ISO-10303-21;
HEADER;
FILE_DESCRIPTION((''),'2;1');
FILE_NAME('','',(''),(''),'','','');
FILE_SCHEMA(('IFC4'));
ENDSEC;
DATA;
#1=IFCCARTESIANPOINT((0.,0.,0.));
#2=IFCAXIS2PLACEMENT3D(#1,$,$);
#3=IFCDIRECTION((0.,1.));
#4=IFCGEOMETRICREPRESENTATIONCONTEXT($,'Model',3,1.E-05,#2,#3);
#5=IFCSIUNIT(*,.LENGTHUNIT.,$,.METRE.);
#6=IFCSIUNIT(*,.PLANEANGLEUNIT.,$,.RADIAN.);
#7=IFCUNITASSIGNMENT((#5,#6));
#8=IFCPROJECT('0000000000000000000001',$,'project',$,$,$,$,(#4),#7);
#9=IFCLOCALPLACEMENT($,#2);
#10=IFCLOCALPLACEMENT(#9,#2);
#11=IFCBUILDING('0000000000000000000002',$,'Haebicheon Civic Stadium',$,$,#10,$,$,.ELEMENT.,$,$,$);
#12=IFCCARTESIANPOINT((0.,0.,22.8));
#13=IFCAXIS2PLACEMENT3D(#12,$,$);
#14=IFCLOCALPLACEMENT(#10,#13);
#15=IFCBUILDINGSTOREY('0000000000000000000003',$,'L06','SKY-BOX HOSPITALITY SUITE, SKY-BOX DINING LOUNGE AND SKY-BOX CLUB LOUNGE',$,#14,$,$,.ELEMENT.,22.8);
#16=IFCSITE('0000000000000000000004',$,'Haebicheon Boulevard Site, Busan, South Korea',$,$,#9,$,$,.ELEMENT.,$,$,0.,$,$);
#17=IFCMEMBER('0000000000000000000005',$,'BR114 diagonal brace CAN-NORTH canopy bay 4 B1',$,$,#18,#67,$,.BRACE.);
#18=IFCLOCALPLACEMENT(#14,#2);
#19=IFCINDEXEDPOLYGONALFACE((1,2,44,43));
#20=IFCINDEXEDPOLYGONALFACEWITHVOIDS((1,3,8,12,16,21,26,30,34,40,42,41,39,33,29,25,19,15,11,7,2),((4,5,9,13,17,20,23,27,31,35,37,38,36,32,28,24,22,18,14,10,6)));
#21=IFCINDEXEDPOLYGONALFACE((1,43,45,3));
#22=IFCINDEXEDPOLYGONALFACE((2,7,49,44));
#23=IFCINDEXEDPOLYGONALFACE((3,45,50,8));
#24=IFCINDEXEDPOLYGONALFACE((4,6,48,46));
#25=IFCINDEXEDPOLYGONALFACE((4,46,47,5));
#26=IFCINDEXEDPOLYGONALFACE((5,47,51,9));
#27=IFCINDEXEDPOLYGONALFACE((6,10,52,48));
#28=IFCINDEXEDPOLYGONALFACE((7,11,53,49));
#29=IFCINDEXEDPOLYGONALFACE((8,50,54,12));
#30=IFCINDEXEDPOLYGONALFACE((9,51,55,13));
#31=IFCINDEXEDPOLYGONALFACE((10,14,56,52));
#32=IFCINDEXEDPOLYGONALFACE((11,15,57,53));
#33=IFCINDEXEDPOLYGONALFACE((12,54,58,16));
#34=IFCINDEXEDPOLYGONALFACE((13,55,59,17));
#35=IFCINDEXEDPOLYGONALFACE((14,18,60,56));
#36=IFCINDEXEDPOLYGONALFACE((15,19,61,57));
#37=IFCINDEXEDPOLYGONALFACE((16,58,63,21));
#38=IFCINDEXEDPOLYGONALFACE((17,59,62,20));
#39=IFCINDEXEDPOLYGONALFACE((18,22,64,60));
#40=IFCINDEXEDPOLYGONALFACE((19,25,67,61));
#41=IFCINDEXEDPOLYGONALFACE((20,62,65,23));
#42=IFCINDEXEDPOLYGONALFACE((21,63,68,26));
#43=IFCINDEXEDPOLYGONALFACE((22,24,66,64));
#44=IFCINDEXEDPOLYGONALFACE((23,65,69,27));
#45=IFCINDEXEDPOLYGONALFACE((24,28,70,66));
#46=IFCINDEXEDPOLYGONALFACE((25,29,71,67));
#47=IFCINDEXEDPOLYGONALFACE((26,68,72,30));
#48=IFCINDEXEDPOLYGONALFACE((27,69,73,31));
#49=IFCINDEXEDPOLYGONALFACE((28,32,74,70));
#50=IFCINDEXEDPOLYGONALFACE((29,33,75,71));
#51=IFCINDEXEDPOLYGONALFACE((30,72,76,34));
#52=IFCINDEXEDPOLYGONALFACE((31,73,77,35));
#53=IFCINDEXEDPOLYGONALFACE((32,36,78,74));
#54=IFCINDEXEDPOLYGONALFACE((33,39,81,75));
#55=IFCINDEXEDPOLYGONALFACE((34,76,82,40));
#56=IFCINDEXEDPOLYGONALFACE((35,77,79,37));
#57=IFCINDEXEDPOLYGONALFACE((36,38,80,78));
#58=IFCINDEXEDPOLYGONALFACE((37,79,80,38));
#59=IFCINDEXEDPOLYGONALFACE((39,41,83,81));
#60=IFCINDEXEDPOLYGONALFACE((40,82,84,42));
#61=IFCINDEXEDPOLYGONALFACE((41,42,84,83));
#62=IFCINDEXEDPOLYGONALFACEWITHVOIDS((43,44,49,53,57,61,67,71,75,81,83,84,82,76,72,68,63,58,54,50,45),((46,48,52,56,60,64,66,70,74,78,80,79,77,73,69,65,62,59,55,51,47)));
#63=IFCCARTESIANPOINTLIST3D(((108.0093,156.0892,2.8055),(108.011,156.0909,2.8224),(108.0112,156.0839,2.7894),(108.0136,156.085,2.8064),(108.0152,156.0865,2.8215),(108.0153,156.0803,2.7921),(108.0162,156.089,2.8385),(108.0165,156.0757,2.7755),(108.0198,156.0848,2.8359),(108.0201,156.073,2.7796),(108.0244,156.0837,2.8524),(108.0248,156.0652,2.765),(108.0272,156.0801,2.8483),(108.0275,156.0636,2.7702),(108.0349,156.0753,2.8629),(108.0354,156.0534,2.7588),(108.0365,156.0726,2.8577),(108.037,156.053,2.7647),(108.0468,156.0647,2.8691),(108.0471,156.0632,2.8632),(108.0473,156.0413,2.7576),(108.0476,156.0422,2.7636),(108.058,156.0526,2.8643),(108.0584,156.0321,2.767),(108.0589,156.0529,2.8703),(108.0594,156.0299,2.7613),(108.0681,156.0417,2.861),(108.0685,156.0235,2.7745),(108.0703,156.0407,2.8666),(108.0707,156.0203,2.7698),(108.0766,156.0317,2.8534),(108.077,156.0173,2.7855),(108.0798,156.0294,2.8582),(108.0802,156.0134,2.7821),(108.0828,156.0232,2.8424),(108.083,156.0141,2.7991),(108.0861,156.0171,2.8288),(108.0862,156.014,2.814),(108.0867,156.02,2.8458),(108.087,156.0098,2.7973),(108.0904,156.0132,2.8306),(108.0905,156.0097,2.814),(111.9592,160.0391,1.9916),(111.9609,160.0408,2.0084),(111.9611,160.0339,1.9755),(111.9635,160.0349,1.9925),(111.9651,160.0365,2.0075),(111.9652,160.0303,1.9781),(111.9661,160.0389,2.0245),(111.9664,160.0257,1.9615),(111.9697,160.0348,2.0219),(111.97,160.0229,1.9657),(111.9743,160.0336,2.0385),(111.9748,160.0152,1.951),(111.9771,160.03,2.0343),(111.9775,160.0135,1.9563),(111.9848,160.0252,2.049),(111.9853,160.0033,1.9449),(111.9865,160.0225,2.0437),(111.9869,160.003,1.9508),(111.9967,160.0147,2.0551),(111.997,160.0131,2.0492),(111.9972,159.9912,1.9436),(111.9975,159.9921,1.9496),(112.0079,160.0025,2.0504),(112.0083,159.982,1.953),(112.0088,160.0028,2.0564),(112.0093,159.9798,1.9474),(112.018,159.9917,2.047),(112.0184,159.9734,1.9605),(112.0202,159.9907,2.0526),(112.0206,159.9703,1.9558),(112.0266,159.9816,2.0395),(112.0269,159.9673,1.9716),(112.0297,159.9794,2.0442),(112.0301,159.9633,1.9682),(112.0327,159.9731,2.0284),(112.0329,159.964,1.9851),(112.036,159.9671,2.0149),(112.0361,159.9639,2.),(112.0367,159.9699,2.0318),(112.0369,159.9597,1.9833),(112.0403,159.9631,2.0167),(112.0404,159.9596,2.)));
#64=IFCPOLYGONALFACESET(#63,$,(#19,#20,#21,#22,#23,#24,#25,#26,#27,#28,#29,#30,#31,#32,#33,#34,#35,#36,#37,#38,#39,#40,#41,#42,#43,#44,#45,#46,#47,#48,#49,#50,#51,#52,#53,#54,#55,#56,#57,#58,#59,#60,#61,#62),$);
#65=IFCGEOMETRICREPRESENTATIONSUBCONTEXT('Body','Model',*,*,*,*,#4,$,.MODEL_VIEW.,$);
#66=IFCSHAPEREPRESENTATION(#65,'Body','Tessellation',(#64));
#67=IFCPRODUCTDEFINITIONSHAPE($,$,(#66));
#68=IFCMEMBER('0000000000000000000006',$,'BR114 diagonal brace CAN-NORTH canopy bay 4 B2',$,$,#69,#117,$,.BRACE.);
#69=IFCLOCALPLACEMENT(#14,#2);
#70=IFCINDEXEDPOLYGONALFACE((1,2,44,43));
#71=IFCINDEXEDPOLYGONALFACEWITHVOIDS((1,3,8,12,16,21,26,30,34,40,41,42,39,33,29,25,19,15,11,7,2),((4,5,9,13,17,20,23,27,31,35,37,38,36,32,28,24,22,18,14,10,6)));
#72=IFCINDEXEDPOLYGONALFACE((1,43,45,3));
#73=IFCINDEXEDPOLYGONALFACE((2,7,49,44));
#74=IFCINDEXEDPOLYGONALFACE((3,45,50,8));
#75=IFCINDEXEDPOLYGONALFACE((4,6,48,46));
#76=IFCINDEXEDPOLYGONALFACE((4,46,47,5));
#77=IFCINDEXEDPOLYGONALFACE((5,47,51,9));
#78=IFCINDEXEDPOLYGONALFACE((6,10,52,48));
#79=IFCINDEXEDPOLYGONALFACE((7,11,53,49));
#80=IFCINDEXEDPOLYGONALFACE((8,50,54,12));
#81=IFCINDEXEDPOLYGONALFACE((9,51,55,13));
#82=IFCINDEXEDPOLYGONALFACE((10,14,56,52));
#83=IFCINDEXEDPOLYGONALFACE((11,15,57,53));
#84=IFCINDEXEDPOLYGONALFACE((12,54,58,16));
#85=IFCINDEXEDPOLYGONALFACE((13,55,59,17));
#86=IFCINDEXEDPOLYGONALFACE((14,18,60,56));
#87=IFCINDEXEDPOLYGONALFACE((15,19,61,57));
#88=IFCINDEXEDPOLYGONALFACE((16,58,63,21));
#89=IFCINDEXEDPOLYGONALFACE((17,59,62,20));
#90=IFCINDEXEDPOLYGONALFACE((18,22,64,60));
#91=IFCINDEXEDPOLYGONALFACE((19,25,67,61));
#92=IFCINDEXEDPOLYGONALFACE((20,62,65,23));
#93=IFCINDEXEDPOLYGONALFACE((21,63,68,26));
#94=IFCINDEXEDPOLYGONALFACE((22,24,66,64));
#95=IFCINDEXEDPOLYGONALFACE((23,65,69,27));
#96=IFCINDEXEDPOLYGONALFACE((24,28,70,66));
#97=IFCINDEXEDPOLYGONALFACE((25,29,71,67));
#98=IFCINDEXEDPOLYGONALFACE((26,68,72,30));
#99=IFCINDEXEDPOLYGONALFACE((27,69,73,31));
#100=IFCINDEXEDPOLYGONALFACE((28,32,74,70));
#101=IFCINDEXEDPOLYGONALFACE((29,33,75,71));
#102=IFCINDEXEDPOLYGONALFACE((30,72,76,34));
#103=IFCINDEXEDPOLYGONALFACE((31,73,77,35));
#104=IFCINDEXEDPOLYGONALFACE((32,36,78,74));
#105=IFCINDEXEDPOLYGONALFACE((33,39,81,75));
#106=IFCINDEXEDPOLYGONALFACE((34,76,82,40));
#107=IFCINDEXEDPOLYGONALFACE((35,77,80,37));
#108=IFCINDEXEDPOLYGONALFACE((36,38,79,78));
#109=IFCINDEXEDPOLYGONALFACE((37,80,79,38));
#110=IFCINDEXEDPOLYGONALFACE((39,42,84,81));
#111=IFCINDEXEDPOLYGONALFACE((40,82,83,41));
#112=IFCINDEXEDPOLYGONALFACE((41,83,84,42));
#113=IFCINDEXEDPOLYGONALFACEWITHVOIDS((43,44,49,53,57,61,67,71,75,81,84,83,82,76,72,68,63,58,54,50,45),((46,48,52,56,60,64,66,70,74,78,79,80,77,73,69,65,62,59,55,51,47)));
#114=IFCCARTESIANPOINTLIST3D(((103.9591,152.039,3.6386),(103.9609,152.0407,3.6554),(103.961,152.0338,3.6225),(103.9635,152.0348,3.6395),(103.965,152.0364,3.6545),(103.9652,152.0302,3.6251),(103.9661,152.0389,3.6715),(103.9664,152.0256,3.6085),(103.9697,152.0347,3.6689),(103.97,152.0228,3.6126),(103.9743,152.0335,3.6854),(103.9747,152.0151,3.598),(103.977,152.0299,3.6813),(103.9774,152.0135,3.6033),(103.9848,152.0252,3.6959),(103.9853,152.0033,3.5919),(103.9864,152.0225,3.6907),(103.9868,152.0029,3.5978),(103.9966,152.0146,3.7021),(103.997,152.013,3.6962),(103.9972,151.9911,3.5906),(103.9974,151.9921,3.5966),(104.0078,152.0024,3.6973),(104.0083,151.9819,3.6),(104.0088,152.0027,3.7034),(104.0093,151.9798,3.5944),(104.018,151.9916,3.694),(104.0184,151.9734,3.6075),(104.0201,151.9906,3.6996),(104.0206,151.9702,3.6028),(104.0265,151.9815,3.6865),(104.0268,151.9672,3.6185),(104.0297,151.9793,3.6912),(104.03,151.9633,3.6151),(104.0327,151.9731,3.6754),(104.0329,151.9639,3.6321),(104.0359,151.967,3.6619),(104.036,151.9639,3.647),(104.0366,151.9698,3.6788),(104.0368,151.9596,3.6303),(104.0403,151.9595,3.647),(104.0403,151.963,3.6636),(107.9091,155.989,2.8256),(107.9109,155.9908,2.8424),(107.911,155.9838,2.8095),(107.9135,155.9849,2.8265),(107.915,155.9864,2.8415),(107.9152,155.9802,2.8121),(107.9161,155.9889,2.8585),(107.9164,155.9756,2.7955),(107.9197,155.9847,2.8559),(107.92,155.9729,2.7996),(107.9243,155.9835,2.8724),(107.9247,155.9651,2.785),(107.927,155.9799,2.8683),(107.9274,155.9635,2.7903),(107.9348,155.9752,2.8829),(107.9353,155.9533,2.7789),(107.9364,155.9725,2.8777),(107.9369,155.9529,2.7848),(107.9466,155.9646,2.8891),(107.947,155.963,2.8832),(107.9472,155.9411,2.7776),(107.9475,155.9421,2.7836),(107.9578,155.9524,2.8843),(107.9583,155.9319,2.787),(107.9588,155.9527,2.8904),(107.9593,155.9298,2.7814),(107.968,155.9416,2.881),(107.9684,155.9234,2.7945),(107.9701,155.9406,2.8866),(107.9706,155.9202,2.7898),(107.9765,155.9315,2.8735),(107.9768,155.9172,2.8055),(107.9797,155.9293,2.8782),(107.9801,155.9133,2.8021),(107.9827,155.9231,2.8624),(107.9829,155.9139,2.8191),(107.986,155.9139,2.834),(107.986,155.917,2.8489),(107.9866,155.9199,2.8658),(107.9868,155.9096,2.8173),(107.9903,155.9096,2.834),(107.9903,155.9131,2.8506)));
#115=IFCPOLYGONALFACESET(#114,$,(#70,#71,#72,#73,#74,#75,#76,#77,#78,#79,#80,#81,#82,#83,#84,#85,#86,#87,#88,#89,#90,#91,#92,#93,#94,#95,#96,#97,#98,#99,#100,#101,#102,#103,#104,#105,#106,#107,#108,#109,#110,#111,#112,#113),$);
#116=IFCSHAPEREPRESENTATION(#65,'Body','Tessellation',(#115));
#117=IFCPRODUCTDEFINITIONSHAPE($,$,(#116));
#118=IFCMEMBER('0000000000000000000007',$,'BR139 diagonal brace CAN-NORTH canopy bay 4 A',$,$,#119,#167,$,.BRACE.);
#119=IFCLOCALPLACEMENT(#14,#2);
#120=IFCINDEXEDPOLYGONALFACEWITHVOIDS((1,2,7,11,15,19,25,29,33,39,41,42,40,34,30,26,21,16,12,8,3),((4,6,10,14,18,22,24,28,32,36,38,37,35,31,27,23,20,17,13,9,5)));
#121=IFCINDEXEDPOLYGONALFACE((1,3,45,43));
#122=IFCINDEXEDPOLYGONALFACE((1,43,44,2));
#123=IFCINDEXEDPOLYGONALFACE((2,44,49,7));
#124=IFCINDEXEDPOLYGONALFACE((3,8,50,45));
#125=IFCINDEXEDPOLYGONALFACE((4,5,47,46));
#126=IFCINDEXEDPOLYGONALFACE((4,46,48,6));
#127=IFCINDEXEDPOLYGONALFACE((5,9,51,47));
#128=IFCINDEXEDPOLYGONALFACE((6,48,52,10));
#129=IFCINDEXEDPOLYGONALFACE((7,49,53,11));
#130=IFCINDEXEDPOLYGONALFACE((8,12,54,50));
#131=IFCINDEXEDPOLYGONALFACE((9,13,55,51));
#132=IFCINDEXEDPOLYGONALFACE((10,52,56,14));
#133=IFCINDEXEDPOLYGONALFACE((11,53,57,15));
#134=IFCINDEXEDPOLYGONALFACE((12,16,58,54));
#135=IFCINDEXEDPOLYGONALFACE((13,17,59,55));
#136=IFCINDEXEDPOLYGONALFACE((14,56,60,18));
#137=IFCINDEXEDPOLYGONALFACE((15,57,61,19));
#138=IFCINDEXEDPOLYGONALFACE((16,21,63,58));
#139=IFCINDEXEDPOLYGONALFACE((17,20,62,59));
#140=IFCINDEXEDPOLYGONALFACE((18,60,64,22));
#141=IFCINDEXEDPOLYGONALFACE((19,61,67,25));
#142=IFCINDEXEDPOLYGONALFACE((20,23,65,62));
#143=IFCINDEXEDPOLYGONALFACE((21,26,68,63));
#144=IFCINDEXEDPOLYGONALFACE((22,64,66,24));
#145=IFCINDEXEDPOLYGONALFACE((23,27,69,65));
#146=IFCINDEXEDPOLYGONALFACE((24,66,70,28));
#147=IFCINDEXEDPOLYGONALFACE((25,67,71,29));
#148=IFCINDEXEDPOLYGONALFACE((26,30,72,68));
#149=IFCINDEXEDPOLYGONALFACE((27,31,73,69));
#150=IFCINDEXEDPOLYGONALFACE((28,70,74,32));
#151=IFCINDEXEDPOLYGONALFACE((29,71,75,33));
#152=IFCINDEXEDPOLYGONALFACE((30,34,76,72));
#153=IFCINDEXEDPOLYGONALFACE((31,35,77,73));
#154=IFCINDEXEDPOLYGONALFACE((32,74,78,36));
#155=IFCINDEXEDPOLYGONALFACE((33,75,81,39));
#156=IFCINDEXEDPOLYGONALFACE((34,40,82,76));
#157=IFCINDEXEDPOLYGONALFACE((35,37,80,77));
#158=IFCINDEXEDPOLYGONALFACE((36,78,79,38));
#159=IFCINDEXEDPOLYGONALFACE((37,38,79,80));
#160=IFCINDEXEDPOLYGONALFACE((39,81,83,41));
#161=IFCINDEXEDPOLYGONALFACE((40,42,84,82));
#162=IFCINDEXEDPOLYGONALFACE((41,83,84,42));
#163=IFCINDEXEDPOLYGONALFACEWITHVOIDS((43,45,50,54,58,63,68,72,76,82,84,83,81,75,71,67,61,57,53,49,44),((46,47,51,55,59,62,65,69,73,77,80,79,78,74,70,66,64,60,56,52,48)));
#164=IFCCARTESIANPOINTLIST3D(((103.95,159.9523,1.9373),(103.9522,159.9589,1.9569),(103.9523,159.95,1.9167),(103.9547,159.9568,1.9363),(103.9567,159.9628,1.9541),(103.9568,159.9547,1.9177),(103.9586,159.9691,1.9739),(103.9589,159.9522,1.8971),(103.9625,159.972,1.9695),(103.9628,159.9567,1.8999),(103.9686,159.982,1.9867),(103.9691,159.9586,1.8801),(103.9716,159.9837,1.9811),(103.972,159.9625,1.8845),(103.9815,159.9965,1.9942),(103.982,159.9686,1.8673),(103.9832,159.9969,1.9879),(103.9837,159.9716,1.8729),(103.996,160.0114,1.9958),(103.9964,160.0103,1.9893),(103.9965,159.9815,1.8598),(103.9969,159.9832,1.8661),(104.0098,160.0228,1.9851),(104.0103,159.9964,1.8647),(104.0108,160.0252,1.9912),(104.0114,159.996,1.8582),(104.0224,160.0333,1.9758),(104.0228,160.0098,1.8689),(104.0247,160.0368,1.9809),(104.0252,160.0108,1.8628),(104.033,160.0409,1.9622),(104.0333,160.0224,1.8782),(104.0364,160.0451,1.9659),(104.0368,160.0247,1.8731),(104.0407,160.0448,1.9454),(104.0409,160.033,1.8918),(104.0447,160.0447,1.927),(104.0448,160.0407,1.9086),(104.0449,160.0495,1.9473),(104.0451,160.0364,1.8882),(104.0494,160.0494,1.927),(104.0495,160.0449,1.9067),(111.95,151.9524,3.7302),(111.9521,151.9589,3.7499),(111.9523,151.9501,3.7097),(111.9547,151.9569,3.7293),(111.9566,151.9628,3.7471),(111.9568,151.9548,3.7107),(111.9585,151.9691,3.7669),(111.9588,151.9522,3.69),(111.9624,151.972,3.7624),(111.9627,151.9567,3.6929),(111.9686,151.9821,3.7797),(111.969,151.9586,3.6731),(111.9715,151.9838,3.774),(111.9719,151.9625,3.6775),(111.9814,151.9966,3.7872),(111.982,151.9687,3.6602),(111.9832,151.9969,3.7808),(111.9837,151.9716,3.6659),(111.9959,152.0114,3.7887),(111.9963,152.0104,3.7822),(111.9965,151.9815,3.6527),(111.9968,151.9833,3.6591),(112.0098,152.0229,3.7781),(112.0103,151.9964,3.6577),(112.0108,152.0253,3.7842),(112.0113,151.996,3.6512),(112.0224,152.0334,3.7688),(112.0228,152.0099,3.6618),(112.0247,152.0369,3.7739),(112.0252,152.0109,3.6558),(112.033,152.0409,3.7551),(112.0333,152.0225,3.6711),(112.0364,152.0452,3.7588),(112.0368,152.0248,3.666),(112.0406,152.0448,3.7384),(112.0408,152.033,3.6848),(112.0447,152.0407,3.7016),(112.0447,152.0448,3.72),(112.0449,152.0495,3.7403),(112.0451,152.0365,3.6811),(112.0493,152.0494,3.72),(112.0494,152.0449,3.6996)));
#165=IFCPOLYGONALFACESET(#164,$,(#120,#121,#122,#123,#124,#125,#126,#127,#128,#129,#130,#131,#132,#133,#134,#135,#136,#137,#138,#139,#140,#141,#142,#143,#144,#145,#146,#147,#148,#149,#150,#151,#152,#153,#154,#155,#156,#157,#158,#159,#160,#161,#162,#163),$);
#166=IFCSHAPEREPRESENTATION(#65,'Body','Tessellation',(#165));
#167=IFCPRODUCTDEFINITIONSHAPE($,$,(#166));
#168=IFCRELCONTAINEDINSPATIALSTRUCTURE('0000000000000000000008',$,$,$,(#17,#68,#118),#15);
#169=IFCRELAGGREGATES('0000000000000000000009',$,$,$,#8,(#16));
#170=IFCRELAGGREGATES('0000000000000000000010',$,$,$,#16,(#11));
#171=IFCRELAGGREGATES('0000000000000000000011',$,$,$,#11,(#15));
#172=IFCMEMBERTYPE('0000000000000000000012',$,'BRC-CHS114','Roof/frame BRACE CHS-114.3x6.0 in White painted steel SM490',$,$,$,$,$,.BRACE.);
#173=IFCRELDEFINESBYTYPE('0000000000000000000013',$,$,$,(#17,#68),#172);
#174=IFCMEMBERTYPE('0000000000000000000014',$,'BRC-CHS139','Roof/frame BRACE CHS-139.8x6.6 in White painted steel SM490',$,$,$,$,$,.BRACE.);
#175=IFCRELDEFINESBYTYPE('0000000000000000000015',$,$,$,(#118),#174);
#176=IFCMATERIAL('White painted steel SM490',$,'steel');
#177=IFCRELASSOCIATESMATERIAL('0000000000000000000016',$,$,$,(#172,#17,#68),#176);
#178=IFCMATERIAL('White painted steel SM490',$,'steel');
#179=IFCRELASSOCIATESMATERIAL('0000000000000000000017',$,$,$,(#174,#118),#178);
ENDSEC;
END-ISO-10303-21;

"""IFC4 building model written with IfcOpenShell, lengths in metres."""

from ifc_helpers import new_model, si_unit, direction, frame, origin, origin_2d, place, context, subcontext, project, spatial, hollow_circle, extrude, material, material_profile, profile_set, type_object, element, save


model = new_model("IFC4")

# Units and contexts
model_context = context("Model", 3, precision=1e-05, world=origin(), true_north=direction((0.0, 1.0)))
body_context = subcontext(model_context, "Body", "Model", "MODEL_VIEW")
ifc_project = project(units=[si_unit("LENGTHUNIT", "METRE"), si_unit("PLANEANGLEUNIT", "RADIAN")], contexts=[model_context])

# Site, building, storey
site_placement = place(None, origin())
site = spatial("IfcSite", under=ifc_project, at=site_placement, Name="Haebicheon Boulevard Site, Busan, South Korea", CompositionType="ELEMENT", RefElevation=0.0)
building_placement = place(site_placement, origin())
building = spatial("IfcBuilding", under=site, at=building_placement, Name="Haebicheon Civic Stadium", CompositionType="ELEMENT")
storey_placement = place(building_placement, frame((0.0, 0.0, 22.8)))
storey = spatial("IfcBuildingStorey", under=building, at=storey_placement, Name="L06", Description="SKY-BOX HOSPITALITY SUITE, SKY-BOX DINING LOUNGE AND SKY-BOX CLUB LOUNGE", CompositionType="ELEMENT", Elevation=22.8)

# Members
ifc_material_1 = material(Name="White painted steel SM490", Category="steel")
ifc_material_profile_1 = material_profile(ifc_material_1, hollow_circle(Radius=0.0571, WallThickness=0.0061, at=origin_2d()), Name="CHS-114.3x6.0")
ifc_profile_set_1 = profile_set([ifc_material_profile_1], Name="White painted steel SM490")
member_type_1 = type_object("IfcMemberType", Name="BRC-CHS114", Description="Roof/frame BRACE CHS-114.3x6.0 in White painted steel SM490", PredefinedType="BRACE", material=ifc_profile_set_1)
for number, where, z_axis, x_axis, name in (
    (1, (112.0, 160.0, 2.0), (-0.699717, -0.699717, 0.14419), (0.707107, -0.707107, 0.0), "BR114 diagonal brace CAN-NORTH canopy bay 4 B1"),
    (2, (107.95, 155.95, 2.834), (-0.699735, -0.699735, 0.144021), (0.707107, -0.707107, 0.0), "BR114 diagonal brace CAN-NORTH canopy bay 4 B2"),
):
    element("IfcMember", number, at=place(storey_placement, frame(where, z_axis=z_axis, x_axis=x_axis)), inside=storey, type_object=member_type_1, material=ifc_profile_set_1, Name=name, PredefinedType="BRACE", context=body_context, shape_type="SweptSolid", body=[
        extrude(hollow_circle(Radius=0.0571, WallThickness=0.0061, at=origin_2d()), origin(), (0.0, 0.0, 1.0), 5.645),
    ])
ifc_material_2 = material(Name="White painted steel SM490", Category="steel")
ifc_material_profile_2 = material_profile(ifc_material_2, hollow_circle(Radius=0.0698, WallThickness=0.0066, at=origin_2d()), Name="CHS-139.8x6.6")
ifc_profile_set_2 = profile_set([ifc_material_profile_2], Name="White painted steel SM490")
member_type_2 = type_object("IfcMemberType", Name="BRC-CHS139", Description="Roof/frame BRACE CHS-139.8x6.6 in White painted steel SM490", PredefinedType="BRACE", material=ifc_profile_set_2)
member_1_placement = place(storey_placement, frame((104.0, 160.0, 1.927), z_axis=(0.698391, -0.698391, 0.156524), x_axis=(0.707107, 0.707107, 0.0)))
element("IfcMember", 3, at=member_1_placement, inside=storey, type_object=member_type_2, material=ifc_profile_set_2, Name="BR139 diagonal brace CAN-NORTH canopy bay 4 A", PredefinedType="BRACE", context=body_context, shape_type="SweptSolid", body=[
    extrude(hollow_circle(Radius=0.0698, WallThickness=0.0066, at=origin_2d()), origin(), (0.0, 0.0, 1.0), 11.4548),
])

save(model, "model.ifc")
